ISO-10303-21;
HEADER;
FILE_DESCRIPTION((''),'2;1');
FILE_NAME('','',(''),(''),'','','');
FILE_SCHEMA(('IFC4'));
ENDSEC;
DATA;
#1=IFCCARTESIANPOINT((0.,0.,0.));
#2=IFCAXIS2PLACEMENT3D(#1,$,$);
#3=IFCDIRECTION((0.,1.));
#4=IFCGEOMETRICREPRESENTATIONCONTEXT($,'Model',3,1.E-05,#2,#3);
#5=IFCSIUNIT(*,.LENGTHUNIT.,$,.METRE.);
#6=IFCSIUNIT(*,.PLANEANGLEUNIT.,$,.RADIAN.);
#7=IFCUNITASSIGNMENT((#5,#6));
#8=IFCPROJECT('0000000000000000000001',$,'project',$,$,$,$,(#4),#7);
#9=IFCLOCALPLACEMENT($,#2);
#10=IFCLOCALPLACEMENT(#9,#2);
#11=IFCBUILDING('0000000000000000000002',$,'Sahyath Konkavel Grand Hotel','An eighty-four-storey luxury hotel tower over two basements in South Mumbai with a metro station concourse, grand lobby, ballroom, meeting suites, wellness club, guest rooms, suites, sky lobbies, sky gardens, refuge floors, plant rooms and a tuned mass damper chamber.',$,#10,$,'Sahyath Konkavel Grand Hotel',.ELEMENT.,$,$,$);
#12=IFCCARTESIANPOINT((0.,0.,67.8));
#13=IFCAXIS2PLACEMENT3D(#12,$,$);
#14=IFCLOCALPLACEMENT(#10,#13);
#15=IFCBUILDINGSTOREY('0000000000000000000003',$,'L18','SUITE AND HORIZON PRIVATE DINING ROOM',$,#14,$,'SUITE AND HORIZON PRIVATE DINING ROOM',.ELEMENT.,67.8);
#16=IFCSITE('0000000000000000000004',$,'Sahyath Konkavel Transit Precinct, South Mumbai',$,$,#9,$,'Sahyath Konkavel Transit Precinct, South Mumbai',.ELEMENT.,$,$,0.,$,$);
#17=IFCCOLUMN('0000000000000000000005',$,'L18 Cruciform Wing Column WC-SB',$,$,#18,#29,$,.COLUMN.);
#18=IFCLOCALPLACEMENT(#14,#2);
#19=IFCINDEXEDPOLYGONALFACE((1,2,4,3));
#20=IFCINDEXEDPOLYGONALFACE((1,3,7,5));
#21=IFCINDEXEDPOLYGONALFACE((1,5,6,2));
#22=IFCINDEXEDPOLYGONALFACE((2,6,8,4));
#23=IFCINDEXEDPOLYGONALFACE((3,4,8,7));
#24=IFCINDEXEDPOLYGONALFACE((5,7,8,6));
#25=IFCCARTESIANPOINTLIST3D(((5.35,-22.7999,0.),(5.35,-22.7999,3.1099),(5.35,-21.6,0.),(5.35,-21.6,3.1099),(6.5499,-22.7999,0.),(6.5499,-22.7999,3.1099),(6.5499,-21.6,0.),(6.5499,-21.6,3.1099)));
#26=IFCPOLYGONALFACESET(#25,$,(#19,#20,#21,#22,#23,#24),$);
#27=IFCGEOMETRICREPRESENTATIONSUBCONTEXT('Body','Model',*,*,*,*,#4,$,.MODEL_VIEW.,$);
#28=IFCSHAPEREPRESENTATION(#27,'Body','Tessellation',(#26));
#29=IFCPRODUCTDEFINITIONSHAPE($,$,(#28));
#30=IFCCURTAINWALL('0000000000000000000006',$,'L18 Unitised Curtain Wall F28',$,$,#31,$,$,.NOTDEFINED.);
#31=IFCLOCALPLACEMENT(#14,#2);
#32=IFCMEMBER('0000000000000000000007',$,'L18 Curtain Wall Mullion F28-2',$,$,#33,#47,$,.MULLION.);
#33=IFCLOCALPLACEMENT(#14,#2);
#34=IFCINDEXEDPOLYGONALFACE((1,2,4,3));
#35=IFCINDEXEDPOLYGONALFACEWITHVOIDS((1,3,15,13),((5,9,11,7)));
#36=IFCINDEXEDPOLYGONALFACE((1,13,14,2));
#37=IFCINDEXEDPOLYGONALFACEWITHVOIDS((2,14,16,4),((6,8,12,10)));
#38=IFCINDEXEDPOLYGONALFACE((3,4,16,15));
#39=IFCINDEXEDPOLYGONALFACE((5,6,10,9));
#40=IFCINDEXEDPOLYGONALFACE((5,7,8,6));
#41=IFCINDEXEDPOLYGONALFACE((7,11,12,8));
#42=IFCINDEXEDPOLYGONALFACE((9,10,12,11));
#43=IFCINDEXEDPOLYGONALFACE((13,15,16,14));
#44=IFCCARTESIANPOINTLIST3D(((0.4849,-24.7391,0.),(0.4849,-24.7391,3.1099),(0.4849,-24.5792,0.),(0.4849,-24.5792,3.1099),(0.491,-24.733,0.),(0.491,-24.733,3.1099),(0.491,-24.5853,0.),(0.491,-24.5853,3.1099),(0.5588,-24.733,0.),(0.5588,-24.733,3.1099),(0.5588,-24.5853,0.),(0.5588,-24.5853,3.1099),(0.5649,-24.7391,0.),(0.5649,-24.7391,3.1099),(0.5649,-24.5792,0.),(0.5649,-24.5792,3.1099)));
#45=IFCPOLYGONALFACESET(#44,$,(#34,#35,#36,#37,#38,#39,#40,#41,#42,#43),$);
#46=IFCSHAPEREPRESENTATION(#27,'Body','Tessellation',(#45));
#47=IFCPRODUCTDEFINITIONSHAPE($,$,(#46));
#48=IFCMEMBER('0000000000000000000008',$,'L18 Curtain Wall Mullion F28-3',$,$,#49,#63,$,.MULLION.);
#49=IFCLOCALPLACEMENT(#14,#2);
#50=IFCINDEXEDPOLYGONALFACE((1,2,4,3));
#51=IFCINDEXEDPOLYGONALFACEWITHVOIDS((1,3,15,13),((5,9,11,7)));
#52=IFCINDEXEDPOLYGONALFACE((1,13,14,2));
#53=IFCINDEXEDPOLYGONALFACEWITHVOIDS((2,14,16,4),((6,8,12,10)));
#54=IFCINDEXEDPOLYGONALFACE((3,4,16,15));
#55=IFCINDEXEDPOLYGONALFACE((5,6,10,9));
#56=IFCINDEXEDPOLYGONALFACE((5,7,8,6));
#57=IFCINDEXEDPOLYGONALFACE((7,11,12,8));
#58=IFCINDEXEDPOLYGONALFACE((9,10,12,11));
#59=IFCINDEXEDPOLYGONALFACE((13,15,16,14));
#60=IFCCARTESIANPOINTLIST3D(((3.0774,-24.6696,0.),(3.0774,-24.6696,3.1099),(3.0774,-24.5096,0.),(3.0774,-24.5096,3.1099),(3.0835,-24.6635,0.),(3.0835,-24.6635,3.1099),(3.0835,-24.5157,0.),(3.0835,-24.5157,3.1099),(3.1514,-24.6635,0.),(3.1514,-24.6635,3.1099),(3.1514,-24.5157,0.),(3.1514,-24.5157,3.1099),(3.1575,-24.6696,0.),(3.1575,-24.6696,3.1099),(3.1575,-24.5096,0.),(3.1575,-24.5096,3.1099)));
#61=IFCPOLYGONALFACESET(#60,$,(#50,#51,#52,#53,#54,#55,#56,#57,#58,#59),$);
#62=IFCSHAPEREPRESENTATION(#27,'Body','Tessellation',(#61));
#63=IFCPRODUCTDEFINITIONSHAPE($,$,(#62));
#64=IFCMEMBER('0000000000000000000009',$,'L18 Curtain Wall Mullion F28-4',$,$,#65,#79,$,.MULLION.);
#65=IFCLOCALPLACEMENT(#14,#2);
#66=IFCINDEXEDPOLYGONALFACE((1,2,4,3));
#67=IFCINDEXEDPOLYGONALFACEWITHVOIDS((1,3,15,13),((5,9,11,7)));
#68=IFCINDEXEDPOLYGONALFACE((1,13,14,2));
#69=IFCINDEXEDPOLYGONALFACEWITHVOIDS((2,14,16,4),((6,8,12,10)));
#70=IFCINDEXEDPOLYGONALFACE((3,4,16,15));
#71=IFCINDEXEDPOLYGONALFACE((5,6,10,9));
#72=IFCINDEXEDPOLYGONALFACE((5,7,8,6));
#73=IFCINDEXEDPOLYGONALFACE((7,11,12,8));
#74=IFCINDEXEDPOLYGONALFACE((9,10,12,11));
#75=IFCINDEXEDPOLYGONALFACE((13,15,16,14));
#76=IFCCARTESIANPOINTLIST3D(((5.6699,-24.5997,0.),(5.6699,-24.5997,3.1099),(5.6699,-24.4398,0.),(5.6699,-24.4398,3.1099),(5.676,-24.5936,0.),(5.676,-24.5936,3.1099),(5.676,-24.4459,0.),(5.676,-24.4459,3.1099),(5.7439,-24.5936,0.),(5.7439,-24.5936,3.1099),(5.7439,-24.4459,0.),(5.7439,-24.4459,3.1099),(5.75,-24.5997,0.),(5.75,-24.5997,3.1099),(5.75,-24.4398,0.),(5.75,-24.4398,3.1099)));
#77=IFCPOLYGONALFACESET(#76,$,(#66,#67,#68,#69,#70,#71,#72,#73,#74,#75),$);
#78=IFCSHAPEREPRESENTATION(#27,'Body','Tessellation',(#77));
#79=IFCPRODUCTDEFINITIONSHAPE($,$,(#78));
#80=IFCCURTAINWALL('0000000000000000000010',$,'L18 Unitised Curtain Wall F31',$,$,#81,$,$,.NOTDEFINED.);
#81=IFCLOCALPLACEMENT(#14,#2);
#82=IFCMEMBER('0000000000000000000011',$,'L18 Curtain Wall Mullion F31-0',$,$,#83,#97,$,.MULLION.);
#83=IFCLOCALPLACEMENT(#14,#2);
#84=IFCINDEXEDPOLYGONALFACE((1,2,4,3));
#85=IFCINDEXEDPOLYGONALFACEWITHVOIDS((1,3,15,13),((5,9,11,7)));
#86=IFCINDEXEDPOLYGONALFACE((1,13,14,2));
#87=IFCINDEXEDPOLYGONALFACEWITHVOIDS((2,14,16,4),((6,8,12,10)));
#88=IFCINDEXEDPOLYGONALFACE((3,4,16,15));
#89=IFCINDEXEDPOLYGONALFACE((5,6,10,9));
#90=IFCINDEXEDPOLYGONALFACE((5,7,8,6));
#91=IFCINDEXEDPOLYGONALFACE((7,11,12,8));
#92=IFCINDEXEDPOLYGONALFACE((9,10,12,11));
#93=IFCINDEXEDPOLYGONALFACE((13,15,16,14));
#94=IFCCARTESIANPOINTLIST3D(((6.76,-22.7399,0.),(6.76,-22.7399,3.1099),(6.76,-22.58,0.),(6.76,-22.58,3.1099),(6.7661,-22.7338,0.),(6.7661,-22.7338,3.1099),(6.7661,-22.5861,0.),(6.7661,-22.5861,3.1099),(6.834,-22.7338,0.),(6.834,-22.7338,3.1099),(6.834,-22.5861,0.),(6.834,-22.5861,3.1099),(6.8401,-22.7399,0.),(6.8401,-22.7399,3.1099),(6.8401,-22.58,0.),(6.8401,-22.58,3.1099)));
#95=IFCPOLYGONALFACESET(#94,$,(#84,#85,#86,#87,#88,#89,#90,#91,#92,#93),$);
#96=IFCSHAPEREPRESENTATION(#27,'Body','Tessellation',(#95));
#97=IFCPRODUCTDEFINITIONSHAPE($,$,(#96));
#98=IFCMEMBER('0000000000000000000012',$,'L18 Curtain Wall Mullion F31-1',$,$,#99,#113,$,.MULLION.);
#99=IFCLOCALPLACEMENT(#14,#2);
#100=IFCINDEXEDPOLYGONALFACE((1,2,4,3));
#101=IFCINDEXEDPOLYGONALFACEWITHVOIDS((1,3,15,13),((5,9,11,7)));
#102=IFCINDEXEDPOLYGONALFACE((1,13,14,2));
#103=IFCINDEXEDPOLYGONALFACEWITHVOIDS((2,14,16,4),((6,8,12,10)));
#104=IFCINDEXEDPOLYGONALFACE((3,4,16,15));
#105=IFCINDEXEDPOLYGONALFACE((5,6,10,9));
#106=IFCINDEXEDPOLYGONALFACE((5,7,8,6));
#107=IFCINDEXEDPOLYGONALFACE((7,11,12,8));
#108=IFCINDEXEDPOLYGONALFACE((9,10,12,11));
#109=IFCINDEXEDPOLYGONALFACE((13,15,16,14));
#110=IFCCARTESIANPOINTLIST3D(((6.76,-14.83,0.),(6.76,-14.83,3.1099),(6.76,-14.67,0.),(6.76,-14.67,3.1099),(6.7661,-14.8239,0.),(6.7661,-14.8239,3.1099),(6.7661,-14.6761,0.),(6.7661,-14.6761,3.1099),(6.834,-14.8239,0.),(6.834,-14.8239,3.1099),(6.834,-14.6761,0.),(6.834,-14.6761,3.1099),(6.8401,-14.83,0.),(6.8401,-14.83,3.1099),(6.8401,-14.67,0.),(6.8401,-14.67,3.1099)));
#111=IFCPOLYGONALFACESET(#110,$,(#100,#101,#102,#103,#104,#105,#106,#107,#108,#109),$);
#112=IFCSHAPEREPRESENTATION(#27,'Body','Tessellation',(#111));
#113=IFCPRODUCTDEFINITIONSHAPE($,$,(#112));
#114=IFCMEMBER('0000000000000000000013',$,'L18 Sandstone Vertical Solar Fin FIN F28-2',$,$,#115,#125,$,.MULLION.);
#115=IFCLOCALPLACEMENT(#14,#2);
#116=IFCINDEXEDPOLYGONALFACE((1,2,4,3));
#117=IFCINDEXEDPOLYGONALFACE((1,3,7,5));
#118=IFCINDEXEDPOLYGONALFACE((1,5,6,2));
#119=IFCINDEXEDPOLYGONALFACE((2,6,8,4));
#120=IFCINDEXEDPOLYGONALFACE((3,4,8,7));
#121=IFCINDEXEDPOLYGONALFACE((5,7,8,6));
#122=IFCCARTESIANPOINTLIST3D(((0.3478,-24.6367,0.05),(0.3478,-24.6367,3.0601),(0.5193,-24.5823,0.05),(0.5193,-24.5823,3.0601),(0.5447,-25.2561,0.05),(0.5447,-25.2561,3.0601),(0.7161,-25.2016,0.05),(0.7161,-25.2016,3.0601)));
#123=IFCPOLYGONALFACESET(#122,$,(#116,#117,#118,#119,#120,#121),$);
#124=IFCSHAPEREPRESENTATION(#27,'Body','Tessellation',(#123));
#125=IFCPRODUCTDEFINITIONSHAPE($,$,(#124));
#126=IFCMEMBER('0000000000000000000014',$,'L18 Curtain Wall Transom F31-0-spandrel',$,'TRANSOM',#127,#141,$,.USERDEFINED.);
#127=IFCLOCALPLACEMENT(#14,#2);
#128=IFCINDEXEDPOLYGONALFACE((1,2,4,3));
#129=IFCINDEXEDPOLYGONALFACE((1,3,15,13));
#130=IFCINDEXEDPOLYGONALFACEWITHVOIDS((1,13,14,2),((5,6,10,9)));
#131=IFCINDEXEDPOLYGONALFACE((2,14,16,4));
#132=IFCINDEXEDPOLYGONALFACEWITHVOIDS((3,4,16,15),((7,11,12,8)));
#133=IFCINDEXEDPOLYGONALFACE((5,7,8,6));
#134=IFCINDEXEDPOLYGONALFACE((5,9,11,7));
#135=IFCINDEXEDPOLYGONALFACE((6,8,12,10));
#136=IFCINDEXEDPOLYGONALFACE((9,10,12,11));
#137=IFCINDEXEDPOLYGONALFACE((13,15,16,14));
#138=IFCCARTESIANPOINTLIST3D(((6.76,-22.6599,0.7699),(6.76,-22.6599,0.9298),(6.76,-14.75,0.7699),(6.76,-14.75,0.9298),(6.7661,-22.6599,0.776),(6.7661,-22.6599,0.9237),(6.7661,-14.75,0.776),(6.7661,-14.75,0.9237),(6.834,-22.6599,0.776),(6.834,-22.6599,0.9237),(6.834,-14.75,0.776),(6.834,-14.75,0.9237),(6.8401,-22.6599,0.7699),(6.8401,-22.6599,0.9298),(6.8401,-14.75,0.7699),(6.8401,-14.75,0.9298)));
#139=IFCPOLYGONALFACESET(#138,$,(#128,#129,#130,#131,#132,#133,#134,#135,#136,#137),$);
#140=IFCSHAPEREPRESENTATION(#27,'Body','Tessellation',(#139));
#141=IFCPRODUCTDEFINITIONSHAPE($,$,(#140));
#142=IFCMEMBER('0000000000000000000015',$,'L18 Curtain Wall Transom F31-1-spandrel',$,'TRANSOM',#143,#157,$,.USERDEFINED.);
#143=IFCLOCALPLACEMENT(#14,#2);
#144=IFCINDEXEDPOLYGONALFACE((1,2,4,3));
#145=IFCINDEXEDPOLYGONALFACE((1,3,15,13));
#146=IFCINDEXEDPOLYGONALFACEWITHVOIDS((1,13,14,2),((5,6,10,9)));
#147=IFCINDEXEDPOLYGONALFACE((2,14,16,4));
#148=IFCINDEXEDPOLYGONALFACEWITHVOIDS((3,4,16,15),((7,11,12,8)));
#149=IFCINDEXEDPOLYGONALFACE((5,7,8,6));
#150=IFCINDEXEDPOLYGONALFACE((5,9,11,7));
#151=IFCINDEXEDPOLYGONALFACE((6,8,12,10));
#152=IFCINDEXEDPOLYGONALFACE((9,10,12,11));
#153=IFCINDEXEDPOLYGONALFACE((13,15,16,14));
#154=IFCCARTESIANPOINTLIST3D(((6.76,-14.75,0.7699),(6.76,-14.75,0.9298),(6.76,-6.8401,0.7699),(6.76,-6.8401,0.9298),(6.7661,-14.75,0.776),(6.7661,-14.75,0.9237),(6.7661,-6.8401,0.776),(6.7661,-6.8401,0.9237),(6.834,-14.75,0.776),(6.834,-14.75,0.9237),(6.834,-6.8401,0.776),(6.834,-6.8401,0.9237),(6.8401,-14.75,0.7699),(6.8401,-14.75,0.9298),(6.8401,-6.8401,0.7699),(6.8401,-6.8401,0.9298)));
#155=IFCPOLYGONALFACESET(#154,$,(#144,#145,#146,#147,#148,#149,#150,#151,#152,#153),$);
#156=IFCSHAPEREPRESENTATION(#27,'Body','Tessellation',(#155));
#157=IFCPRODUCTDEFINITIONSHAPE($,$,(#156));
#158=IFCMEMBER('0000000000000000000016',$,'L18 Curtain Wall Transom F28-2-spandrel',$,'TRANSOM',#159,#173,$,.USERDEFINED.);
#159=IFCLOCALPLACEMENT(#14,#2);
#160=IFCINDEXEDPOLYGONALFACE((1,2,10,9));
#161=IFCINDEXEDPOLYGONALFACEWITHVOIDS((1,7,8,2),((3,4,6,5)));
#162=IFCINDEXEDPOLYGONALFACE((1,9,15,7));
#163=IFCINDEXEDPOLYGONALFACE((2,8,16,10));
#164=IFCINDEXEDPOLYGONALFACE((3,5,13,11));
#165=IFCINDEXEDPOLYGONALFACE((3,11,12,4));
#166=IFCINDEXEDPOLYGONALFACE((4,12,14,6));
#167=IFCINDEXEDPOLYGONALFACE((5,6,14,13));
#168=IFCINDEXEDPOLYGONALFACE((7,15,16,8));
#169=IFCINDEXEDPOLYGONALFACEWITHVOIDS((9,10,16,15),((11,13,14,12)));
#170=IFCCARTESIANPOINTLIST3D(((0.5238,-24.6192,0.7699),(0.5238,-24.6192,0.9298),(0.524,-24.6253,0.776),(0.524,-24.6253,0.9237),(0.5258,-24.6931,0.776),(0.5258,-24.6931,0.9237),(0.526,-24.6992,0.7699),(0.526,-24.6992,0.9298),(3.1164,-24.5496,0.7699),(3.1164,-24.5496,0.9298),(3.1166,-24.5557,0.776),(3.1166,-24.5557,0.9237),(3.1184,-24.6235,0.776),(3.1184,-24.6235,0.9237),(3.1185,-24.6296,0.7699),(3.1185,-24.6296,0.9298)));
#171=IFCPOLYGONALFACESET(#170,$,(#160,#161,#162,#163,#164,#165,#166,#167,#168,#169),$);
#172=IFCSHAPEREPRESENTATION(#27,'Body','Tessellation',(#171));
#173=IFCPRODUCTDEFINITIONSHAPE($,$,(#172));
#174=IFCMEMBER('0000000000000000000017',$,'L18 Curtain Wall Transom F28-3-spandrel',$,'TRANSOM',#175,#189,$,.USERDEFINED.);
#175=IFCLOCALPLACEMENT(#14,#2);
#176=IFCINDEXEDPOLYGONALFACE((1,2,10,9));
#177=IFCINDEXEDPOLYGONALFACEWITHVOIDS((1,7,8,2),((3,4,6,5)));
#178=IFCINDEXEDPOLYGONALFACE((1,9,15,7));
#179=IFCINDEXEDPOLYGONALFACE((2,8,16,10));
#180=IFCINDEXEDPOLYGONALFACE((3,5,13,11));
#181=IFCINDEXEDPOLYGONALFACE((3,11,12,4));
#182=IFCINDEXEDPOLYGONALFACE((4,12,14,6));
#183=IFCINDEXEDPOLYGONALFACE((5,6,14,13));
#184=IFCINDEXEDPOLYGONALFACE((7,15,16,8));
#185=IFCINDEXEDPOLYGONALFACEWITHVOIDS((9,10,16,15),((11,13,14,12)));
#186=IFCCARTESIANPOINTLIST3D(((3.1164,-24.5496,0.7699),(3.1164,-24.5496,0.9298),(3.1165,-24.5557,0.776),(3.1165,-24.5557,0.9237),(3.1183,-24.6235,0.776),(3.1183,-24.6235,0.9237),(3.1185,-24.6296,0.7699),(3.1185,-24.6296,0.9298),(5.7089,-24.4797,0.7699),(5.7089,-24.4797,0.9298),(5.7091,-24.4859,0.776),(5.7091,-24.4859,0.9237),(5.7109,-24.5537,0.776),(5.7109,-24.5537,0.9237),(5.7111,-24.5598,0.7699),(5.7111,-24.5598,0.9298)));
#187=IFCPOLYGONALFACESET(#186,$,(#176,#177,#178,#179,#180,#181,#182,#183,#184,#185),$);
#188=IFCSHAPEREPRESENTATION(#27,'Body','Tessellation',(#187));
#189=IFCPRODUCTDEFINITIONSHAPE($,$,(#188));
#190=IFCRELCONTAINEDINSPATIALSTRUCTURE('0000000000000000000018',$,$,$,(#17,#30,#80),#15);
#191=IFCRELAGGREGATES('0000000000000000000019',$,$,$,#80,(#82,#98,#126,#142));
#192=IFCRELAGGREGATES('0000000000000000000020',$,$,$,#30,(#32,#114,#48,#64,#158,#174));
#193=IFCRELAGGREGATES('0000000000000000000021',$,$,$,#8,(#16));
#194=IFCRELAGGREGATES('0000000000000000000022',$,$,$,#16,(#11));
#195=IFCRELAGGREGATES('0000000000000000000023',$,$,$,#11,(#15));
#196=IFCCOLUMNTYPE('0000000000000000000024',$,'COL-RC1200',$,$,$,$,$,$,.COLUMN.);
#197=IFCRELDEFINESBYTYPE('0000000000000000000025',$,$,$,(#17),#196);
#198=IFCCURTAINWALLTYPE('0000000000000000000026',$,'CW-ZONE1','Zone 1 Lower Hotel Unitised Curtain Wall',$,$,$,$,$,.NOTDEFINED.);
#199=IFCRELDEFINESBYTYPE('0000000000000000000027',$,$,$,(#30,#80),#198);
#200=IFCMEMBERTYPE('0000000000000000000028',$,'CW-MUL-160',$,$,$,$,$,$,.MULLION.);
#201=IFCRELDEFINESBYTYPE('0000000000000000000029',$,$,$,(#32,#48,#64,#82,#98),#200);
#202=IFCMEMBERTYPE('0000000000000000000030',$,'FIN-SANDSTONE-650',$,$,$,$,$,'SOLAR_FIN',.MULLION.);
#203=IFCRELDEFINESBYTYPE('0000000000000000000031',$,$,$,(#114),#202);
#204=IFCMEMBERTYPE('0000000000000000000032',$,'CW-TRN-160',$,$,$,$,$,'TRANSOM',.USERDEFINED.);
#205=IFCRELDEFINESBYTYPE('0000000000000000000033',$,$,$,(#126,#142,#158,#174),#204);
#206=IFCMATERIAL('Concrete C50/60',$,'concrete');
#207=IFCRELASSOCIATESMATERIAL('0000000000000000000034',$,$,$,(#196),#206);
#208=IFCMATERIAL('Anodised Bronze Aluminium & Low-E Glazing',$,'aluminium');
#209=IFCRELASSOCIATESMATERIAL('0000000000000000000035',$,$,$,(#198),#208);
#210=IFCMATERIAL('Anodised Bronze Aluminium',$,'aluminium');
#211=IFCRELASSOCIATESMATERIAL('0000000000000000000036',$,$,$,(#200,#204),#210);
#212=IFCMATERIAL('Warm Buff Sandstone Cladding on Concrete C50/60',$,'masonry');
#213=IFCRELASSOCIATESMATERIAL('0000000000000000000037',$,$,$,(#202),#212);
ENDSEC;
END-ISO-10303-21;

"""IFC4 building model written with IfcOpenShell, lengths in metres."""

from ifc_helpers import new_model, si_unit, direction, frame, origin, origin_2d, place, context, subcontext, project, spatial, rectangle, hollow_rectangle, extrude, source, transform, mapped, material, material_profile, profile_set, type_object, element, aggregate, save


model = new_model("IFC4")

# Units and contexts
model_context = context("Model", 3, precision=1e-05, world=origin(), true_north=direction((0.0, 1.0)))
body_context = subcontext(model_context, "Body", "Model", "MODEL_VIEW")
ifc_project = project(units=[si_unit("LENGTHUNIT", "METRE"), si_unit("PLANEANGLEUNIT", "RADIAN")], contexts=[model_context])

# Site, building, storey
site_placement = place(None, origin())
site = spatial("IfcSite", under=ifc_project, at=site_placement, Name="Sahyath Konkavel Transit Precinct, South Mumbai", LongName="Sahyath Konkavel Transit Precinct, South Mumbai", CompositionType="ELEMENT", RefElevation=0.0)
building_placement = place(site_placement, origin())
building = spatial("IfcBuilding", under=site, at=building_placement, Name="Sahyath Konkavel Grand Hotel", Description="An eighty-four-storey luxury hotel tower over two basements in South Mumbai with a metro station concourse, grand lobby, ballroom, meeting suites, wellness club, guest rooms, suites, sky lobbies, sky gardens, refuge floors, plant rooms and a tuned mass damper chamber.", LongName="Sahyath Konkavel Grand Hotel", CompositionType="ELEMENT")
storey_placement = place(building_placement, frame((0.0, 0.0, 67.8)))
storey = spatial("IfcBuildingStorey", under=building, at=storey_placement, Name="L18", Description="SUITE AND HORIZON PRIVATE DINING ROOM", LongName="SUITE AND HORIZON PRIVATE DINING ROOM", CompositionType="ELEMENT", Elevation=67.8)

# Column
ifc_material_1 = material(Name="Concrete C50/60", Category="concrete")
ifc_material_profile_1 = material_profile(ifc_material_1, rectangle(XDim=1.2, YDim=1.2, at=origin_2d()), Name="RC 1200x1200")
ifc_profile_set_1 = profile_set([ifc_material_profile_1], Name="Concrete C50/60")
column_type = type_object("IfcColumnType", Name="COL-RC1200", PredefinedType="COLUMN", material=ifc_profile_set_1)
shared_shape_1 = source(origin(), body_context, "Body", "SweptSolid", [
    extrude(rectangle(XDim=1.2, YDim=1.2, at=origin_2d()), origin(), (0.0, 0.0, 1.0), 3.1099),
])
column_placement = place(storey_placement, frame((5.95, -22.2, 0.0), z_axis=(0.0, 0.0, 1.0), x_axis=(1.0, 0.0, 0.0)))
element("IfcColumn", 1, at=column_placement, inside=storey, type_object=column_type, Name="L18 Cruciform Wing Column WC-SB", PredefinedType="COLUMN", context=body_context, shape_type="MappedRepresentation", body=[
    mapped(shared_shape_1, transform((0.0, 0.0, 0.0), scale=1.0)),
])

# Curtain walls, members
ifc_material_2 = material(Name="Anodised Bronze Aluminium & Low-E Glazing", Category="aluminium")
curtain_wall_type = type_object("IfcCurtainWallType", Name="CW-ZONE1", Description="Zone 1 Lower Hotel Unitised Curtain Wall", PredefinedType="NOTDEFINED", material=ifc_material_2)
curtain_wall_1_placement = place(storey_placement, origin())
curtain_wall_1 = element("IfcCurtainWall", 2, at=curtain_wall_1_placement, inside=storey, type_object=curtain_wall_type, Name="L18 Unitised Curtain Wall F28", PredefinedType="NOTDEFINED")
ifc_material_3 = material(Name="Anodised Bronze Aluminium", Category="aluminium")
ifc_material_profile_2 = material_profile(ifc_material_3, hollow_rectangle(XDim=0.0801, YDim=0.1599, WallThickness=0.0061, at=origin_2d()), Name="RHS 160x80x6")
ifc_profile_set_2 = profile_set([ifc_material_profile_2], Name="Anodised Bronze Aluminium")
member_type_1 = type_object("IfcMemberType", Name="CW-MUL-160", PredefinedType="MULLION", material=ifc_profile_set_2)
shared_shape_2 = source(origin(), body_context, "Body", "SweptSolid", [
    extrude(hollow_rectangle(XDim=0.0801, YDim=0.1599, WallThickness=0.0061, at=origin_2d()), origin(), (0.0, 0.0, 1.0), 3.1099),
])
member_1_placement = place(storey_placement, frame((0.5249, -24.6592, 0.0), z_axis=(0.0, 0.0, 1.0), x_axis=(1.0, 0.0, 0.0)))
member_1 = element("IfcMember", 3, at=member_1_placement, type_object=member_type_1, Name="L18 Curtain Wall Mullion F28-2", PredefinedType="MULLION", context=body_context, shape_type="MappedRepresentation", body=[
    mapped(shared_shape_2, transform((0.0, 0.0, 0.0), scale=1.0)),
])
member_2_placement = place(storey_placement, frame((3.1174, -24.5896, 0.0), z_axis=(0.0, 0.0, 1.0), x_axis=(1.0, 0.0, 0.0)))
member_2 = element("IfcMember", 4, at=member_2_placement, type_object=member_type_1, Name="L18 Curtain Wall Mullion F28-3", PredefinedType="MULLION", context=body_context, shape_type="MappedRepresentation", body=[
    mapped(shared_shape_2, transform((0.0, 0.0, 0.0), scale=1.0)),
])
member_3_placement = place(storey_placement, frame((5.71, -24.5198, 0.0), z_axis=(0.0, 0.0, 1.0), x_axis=(1.0, 0.0, 0.0)))
member_3 = element("IfcMember", 5, at=member_3_placement, type_object=member_type_1, Name="L18 Curtain Wall Mullion F28-4", PredefinedType="MULLION", context=body_context, shape_type="MappedRepresentation", body=[
    mapped(shared_shape_2, transform((0.0, 0.0, 0.0), scale=1.0)),
])
curtain_wall_2_placement = place(storey_placement, origin())
curtain_wall_2 = element("IfcCurtainWall", 6, at=curtain_wall_2_placement, inside=storey, type_object=curtain_wall_type, Name="L18 Unitised Curtain Wall F31", PredefinedType="NOTDEFINED")
member_4_placement = place(storey_placement, frame((6.8, -22.6599, 0.0), z_axis=(0.0, 0.0, 1.0), x_axis=(1.0, 0.0, 0.0)))
member_4 = element("IfcMember", 7, at=member_4_placement, type_object=member_type_1, Name="L18 Curtain Wall Mullion F31-0", PredefinedType="MULLION", context=body_context, shape_type="MappedRepresentation", body=[
    mapped(shared_shape_2, transform((0.0, 0.0, 0.0), scale=1.0)),
])
member_5_placement = place(storey_placement, frame((6.8, -14.75, 0.0), z_axis=(0.0, 0.0, 1.0), x_axis=(1.0, 0.0, 0.0)))
member_5 = element("IfcMember", 8, at=member_5_placement, type_object=member_type_1, Name="L18 Curtain Wall Mullion F31-1", PredefinedType="MULLION", context=body_context, shape_type="MappedRepresentation", body=[
    mapped(shared_shape_2, transform((0.0, 0.0, 0.0), scale=1.0)),
])

# Members
ifc_material_4 = material(Name="Warm Buff Sandstone Cladding on Concrete C50/60", Category="masonry")
ifc_material_profile_3 = material_profile(ifc_material_4, rectangle(XDim=0.1799, YDim=0.6499, at=origin_2d()), Name="FIN 180x650")
ifc_profile_set_3 = profile_set([ifc_material_profile_3], Name="Warm Buff Sandstone Cladding on Concrete C50/60")
member_type_2 = type_object("IfcMemberType", Name="FIN-SANDSTONE-650", ElementType="SOLAR_FIN", PredefinedType="MULLION", material=ifc_profile_set_3)
shared_shape_3 = source(origin(), body_context, "Body", "SweptSolid", [
    extrude(rectangle(XDim=0.1799, YDim=0.6499, at=origin_2d()), origin(), (0.0, 0.0, 1.0), 3.01),
])
member_6_placement = place(storey_placement, frame((0.532, -24.9192, 0.05), z_axis=(0.0, 0.0, 1.0), x_axis=(0.953032, 0.302869, 0.0)))
member_6 = element("IfcMember", 9, at=member_6_placement, type_object=member_type_2, Name="L18 Sandstone Vertical Solar Fin FIN F28-2", PredefinedType="MULLION", context=body_context, shape_type="MappedRepresentation", body=[
    mapped(shared_shape_3, transform((0.0, 0.0, 0.0), scale=1.0)),
])
ifc_material_profile_4 = material_profile(ifc_material_3, hollow_rectangle(XDim=0.0801, YDim=0.1599, WallThickness=0.0061, at=origin_2d()), Name="RHS 160x80x6")
ifc_profile_set_4 = profile_set([ifc_material_profile_4], Name="Anodised Bronze Aluminium")
member_type_3 = type_object("IfcMemberType", Name="CW-TRN-160", ElementType="TRANSOM", PredefinedType="USERDEFINED", material=ifc_profile_set_4)
shared_shape_4 = source(origin(), body_context, "Body", "SweptSolid", [
    extrude(hollow_rectangle(XDim=0.0801, YDim=0.1599, WallThickness=0.0061, at=origin_2d()), origin(), (0.0, 0.0, 1.0), 7.9099),
])
member_7_placement = place(storey_placement, frame((6.8, -22.6599, 0.8499), z_axis=(0.0, 1.0, 0.0), x_axis=(-1.0, 0.0, 0.0)))
member_7 = element("IfcMember", 10, at=member_7_placement, type_object=member_type_3, Name="L18 Curtain Wall Transom F31-0-spandrel", ObjectType="TRANSOM", PredefinedType="USERDEFINED", context=body_context, shape_type="MappedRepresentation", body=[
    mapped(shared_shape_4, transform((0.0, 0.0, 0.0), scale=1.0)),
])
member_8_placement = place(storey_placement, frame((6.8, -14.75, 0.8499), z_axis=(0.0, 1.0, 0.0), x_axis=(-1.0, 0.0, 0.0)))
member_8 = element("IfcMember", 11, at=member_8_placement, type_object=member_type_3, Name="L18 Curtain Wall Transom F31-1-spandrel", ObjectType="TRANSOM", PredefinedType="USERDEFINED", context=body_context, shape_type="MappedRepresentation", body=[
    mapped(shared_shape_4, transform((0.0, 0.0, 0.0), scale=1.0)),
])
shared_shape_5 = source(origin(), body_context, "Body", "SweptSolid", [
    extrude(hollow_rectangle(XDim=0.0801, YDim=0.1599, WallThickness=0.0061, at=origin_2d()), origin(), (0.0, 0.0, 1.0), 2.5935),
])
member_9_placement = place(storey_placement, frame((0.5249, -24.6592, 0.8499), z_axis=(0.99964, 0.026829, 0.0), x_axis=(-0.026829, 0.99964, 0.0)))
member_9 = element("IfcMember", 12, at=member_9_placement, type_object=member_type_3, Name="L18 Curtain Wall Transom F28-2-spandrel", ObjectType="TRANSOM", PredefinedType="USERDEFINED", context=body_context, shape_type="MappedRepresentation", body=[
    mapped(shared_shape_5, transform((0.0, 0.0, 0.0), scale=1.0)),
])
member_10_placement = place(storey_placement, frame((3.1174, -24.5896, 0.8499), z_axis=(0.999638, 0.026923, 0.0), x_axis=(-0.026923, 0.999638, 0.0)))
member_10 = element("IfcMember", 13, at=member_10_placement, type_object=member_type_3, Name="L18 Curtain Wall Transom F28-3-spandrel", ObjectType="TRANSOM", PredefinedType="USERDEFINED", context=body_context, shape_type="MappedRepresentation", body=[
    mapped(shared_shape_5, transform((0.0, 0.0, 0.0), scale=1.0)),
])

aggregate(curtain_wall_2, [member_4, member_5, member_7, member_8])
aggregate(curtain_wall_1, [member_1, member_6, member_2, member_3, member_9, member_10])

save(model, "model.ifc")
